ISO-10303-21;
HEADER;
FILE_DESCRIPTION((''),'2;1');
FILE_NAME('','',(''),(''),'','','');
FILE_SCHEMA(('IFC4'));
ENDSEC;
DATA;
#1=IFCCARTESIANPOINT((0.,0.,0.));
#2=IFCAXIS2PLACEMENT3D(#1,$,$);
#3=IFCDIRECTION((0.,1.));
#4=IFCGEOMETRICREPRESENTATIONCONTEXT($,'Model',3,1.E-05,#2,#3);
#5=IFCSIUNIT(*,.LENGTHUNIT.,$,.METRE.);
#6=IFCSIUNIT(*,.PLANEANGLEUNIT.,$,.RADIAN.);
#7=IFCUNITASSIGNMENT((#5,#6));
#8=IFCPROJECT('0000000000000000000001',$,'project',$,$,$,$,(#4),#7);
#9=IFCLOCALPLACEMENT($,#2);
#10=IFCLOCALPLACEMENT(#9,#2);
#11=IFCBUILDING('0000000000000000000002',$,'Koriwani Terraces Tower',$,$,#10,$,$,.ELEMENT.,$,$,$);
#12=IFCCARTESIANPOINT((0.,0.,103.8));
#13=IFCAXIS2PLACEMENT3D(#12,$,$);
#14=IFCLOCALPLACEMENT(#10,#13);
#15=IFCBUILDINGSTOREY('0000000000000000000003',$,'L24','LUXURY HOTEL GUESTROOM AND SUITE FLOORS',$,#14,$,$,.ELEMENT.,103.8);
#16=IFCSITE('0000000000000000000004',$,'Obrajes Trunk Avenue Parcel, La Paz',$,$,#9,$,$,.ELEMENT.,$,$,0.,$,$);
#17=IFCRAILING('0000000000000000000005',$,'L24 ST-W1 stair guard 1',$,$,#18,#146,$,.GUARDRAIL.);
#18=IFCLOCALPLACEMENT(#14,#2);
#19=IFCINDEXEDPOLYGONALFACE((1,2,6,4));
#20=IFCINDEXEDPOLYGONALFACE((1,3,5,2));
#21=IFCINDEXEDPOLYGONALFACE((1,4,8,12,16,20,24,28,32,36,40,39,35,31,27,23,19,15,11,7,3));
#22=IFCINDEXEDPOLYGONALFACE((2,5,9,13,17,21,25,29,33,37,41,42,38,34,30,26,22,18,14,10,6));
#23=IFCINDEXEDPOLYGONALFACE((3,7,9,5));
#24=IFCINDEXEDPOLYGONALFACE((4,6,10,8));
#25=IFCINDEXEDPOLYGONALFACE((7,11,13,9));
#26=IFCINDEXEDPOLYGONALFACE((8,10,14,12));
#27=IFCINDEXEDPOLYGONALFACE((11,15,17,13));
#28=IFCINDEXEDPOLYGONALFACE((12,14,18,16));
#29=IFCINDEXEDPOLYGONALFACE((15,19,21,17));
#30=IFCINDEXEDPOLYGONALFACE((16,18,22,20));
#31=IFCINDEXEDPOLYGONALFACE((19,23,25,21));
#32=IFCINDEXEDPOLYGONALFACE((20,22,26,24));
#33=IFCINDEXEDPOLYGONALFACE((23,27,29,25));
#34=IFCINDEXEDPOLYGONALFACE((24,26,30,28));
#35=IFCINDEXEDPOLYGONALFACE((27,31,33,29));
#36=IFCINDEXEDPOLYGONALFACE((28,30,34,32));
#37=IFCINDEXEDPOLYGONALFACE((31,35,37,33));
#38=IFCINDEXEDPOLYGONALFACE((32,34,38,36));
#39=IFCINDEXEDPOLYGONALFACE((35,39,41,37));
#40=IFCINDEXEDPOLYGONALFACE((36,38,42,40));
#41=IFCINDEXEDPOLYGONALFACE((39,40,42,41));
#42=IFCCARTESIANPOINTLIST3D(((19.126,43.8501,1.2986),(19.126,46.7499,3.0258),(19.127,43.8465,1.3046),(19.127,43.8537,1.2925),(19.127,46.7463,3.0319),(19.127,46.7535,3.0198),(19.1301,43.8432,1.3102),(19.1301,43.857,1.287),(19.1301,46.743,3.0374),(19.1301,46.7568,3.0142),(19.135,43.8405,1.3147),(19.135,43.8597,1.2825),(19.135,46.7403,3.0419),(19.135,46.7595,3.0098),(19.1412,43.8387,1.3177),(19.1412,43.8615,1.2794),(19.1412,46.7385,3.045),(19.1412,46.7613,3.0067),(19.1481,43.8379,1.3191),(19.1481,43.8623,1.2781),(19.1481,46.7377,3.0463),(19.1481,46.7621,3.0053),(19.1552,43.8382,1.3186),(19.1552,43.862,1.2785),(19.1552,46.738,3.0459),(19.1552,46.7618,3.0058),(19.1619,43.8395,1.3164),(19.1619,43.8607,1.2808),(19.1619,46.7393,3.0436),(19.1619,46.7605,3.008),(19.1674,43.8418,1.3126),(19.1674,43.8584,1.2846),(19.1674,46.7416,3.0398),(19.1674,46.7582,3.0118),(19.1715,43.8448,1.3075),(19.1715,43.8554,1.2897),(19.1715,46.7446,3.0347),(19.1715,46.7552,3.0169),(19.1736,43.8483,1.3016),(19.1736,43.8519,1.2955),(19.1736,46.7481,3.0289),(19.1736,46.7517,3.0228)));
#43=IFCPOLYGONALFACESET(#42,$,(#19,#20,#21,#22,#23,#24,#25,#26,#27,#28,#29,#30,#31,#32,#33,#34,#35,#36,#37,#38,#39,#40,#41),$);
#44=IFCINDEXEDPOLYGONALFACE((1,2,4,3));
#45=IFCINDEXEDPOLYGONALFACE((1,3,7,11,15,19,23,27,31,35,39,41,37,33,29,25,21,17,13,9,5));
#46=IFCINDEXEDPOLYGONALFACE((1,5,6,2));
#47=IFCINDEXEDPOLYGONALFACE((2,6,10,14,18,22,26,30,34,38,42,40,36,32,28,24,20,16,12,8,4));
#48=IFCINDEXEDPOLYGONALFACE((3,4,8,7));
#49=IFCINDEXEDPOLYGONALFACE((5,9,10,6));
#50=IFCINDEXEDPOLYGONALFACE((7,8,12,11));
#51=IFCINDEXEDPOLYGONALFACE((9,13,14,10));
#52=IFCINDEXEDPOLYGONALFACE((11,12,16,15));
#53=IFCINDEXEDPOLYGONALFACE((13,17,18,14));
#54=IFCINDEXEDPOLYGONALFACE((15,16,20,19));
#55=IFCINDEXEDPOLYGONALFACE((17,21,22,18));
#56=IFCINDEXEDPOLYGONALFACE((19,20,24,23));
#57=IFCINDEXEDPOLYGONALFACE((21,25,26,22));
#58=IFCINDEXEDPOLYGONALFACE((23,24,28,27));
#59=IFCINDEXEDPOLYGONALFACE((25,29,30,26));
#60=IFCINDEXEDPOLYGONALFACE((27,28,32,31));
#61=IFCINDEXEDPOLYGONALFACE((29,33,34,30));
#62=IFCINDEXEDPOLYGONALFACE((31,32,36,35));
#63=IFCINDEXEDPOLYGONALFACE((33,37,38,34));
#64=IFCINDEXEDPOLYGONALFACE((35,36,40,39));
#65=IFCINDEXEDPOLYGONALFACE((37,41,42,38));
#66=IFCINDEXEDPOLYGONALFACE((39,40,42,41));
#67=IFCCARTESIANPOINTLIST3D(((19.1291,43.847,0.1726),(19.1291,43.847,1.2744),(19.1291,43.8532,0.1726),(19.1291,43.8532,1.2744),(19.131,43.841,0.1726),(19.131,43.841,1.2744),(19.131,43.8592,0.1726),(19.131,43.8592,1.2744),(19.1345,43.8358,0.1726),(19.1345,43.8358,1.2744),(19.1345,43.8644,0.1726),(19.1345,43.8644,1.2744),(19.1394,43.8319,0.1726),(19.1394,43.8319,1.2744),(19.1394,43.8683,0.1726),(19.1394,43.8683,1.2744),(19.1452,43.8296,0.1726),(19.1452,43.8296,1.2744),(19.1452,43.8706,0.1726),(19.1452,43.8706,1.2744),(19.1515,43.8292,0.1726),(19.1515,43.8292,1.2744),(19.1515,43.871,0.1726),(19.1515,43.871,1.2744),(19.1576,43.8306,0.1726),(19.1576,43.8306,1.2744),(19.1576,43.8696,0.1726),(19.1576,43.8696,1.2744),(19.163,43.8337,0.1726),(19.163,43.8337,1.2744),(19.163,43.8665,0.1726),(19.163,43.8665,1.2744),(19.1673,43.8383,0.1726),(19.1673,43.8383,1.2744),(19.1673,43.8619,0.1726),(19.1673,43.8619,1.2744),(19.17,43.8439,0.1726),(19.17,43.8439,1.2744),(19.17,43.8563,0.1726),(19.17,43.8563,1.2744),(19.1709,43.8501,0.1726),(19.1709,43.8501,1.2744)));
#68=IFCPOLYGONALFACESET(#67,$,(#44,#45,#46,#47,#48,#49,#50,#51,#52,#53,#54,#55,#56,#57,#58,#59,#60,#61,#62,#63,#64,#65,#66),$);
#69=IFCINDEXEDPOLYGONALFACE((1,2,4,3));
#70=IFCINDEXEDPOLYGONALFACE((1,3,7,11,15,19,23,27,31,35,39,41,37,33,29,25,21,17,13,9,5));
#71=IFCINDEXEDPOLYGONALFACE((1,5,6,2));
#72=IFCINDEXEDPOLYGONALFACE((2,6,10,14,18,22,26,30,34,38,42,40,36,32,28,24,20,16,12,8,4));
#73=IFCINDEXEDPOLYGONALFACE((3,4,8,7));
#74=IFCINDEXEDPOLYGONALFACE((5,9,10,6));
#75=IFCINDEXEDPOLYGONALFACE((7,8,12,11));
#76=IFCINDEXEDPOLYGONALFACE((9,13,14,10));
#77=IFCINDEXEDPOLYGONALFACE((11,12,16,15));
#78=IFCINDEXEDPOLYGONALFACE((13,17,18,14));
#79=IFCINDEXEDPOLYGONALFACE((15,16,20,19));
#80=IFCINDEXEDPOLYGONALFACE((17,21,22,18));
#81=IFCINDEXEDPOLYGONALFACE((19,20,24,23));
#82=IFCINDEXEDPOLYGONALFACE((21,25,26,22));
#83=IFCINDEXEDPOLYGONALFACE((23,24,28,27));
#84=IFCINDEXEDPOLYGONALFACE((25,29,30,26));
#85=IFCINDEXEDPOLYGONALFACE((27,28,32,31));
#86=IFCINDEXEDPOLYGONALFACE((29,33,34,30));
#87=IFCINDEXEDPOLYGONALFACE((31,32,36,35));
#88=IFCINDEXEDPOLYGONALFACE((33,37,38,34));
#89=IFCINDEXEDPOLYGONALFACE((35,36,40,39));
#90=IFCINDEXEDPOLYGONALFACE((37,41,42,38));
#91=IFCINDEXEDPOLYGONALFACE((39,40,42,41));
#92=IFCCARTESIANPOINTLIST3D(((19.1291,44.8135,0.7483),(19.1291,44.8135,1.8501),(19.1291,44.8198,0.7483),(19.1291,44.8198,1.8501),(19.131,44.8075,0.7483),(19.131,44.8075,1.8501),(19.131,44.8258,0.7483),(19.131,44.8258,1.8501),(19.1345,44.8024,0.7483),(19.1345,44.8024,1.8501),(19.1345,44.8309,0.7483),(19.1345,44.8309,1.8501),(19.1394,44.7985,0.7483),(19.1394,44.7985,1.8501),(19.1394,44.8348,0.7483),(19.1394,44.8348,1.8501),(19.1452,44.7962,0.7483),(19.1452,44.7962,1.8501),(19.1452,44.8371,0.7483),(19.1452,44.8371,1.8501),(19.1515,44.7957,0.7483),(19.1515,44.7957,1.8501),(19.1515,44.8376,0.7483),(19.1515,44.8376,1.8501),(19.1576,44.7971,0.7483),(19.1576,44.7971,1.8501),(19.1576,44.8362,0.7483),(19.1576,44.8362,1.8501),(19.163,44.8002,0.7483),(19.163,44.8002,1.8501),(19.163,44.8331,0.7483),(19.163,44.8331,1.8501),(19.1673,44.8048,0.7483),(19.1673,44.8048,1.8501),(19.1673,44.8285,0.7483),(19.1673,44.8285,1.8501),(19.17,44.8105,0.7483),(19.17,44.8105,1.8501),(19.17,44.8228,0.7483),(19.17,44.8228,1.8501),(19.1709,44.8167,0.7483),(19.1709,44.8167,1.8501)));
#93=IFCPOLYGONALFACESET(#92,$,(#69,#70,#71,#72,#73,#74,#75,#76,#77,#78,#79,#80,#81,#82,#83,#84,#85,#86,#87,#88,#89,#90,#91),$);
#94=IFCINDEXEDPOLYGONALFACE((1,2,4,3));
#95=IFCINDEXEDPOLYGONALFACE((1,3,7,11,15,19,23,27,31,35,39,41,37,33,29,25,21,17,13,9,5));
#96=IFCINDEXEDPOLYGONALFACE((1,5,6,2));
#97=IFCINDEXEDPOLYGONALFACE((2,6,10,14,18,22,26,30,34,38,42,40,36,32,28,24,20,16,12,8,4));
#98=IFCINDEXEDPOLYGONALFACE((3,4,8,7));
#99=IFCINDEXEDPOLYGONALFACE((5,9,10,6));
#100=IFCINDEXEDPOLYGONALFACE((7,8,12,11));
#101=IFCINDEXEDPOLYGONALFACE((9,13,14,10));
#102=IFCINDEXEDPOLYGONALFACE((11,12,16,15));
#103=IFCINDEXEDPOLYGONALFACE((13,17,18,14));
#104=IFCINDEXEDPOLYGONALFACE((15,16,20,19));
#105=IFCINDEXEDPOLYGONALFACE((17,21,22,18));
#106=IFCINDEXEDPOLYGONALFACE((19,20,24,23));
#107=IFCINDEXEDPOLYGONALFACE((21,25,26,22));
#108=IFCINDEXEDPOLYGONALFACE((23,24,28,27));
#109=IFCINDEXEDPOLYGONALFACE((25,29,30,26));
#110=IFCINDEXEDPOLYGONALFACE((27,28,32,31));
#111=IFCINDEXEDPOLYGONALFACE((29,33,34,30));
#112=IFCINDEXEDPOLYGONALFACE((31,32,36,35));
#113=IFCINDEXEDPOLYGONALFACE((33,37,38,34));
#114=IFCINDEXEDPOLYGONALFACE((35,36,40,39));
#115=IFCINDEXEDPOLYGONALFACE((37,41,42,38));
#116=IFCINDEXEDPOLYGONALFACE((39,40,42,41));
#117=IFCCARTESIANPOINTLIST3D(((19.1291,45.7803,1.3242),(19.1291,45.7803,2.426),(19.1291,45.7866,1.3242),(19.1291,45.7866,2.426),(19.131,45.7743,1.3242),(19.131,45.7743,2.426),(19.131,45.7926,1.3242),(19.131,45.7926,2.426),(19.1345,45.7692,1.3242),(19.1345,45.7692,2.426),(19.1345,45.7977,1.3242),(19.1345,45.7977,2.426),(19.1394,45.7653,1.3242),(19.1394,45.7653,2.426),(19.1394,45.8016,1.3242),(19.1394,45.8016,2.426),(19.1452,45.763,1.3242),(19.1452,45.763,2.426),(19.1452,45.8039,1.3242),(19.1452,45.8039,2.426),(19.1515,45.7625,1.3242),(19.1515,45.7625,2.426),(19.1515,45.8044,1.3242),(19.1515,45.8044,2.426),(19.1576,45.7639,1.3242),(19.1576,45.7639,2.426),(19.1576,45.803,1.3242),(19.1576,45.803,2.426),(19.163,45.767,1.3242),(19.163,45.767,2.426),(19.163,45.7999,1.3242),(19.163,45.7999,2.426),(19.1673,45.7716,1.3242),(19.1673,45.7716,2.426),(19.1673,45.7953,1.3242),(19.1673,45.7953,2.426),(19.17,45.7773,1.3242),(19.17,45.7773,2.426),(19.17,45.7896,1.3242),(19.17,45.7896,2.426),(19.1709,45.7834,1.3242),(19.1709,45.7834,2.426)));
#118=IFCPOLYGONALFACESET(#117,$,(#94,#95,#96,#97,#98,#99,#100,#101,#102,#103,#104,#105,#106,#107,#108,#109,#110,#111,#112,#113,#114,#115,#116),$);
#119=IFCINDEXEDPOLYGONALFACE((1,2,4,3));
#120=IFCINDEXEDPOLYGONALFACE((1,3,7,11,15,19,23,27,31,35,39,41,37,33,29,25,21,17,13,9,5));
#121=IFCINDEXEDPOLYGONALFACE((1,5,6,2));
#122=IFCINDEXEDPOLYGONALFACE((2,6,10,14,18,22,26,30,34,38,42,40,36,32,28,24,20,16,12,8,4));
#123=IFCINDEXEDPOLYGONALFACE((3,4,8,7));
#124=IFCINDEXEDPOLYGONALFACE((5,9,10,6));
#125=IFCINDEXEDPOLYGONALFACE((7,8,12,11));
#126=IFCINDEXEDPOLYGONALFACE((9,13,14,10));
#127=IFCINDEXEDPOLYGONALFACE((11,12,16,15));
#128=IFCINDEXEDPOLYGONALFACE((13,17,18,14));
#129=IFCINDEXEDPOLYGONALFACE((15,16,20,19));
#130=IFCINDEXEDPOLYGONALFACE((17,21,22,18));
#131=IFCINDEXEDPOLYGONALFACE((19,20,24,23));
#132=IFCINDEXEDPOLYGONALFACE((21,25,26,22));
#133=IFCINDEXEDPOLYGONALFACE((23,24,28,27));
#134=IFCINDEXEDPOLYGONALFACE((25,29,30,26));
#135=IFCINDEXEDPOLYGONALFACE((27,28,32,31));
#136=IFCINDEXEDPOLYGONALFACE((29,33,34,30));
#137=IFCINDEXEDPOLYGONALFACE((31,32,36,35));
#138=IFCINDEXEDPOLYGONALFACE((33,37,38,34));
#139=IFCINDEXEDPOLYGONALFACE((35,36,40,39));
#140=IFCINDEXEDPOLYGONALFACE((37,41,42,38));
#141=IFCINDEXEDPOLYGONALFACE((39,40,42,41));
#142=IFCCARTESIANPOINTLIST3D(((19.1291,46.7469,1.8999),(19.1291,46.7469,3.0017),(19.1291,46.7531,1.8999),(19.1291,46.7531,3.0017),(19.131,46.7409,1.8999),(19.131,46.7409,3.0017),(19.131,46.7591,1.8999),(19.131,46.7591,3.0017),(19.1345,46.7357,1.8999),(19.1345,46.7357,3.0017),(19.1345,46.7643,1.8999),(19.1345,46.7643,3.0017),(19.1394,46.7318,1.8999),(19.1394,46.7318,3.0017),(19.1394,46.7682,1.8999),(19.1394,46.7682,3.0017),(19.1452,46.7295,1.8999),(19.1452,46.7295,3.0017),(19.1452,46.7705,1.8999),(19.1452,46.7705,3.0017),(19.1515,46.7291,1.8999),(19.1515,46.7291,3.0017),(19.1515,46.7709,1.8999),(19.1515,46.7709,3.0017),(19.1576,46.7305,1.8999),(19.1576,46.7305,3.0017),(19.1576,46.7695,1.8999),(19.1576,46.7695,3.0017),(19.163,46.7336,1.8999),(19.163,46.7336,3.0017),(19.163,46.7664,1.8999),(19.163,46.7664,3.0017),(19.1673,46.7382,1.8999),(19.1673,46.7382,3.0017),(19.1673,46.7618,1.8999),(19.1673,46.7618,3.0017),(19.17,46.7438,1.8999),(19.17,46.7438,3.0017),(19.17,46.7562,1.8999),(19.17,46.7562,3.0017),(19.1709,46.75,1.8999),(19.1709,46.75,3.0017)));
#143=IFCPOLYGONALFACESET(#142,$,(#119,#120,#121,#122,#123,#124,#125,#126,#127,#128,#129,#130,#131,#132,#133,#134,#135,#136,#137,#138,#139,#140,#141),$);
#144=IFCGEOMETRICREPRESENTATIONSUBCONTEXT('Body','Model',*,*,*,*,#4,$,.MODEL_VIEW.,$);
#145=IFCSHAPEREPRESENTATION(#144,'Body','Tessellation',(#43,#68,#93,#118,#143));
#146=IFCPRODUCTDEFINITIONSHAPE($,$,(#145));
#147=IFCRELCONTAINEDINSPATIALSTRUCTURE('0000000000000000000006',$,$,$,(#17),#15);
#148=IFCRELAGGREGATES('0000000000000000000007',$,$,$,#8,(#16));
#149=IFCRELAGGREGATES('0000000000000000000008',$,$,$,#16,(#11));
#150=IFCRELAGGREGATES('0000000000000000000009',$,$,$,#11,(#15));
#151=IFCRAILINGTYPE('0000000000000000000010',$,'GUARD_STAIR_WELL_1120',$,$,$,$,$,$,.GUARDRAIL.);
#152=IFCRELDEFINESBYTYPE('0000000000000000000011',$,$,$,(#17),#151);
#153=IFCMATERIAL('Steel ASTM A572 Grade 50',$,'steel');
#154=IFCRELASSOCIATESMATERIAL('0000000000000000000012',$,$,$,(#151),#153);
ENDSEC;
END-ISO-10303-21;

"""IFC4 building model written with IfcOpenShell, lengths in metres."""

from ifc_helpers import new_model, si_unit, direction, frame, origin, origin_2d, place, context, subcontext, project, spatial, circle, extrude, material, type_object, element, save


model = new_model("IFC4")

# Units and contexts
model_context = context("Model", 3, precision=1e-05, world=origin(), true_north=direction((0.0, 1.0)))
body_context = subcontext(model_context, "Body", "Model", "MODEL_VIEW")
ifc_project = project(units=[si_unit("LENGTHUNIT", "METRE"), si_unit("PLANEANGLEUNIT", "RADIAN")], contexts=[model_context])

# Site, building, storey
site_placement = place(None, origin())
site = spatial("IfcSite", under=ifc_project, at=site_placement, Name="Obrajes Trunk Avenue Parcel, La Paz", CompositionType="ELEMENT", RefElevation=0.0)
building_placement = place(site_placement, origin())
building = spatial("IfcBuilding", under=site, at=building_placement, Name="Koriwani Terraces Tower", CompositionType="ELEMENT")
storey_placement = place(building_placement, frame((0.0, 0.0, 103.8)))
storey = spatial("IfcBuildingStorey", under=building, at=storey_placement, Name="L24", Description="LUXURY HOTEL GUESTROOM AND SUITE FLOORS", CompositionType="ELEMENT", Elevation=103.8)

# Shared definitions
ifc_material_1 = material(Name="Steel ASTM A572 Grade 50", Category="steel")

# Railing
railing_type_1 = type_object("IfcRailingType", Name="GUARD_STAIR_WELL_1120", PredefinedType="GUARDRAIL", material=ifc_material_1)
railing_1_placement = place(storey_placement, frame((19.1499, 43.8501, 0.1726)))
element("IfcRailing", 1, at=railing_1_placement, inside=storey, type_object=railing_type_1, Name="L24 ST-W1 stair guard 1", PredefinedType="GUARDRAIL", context=body_context, shape_type="SweptSolid", body=[
    extrude(circle(Radius=0.0239, at=origin_2d()), frame((0.0, 0.0, 1.126), z_axis=(0.0, 0.859141, 0.511738), x_axis=(-1.0, 0.0, 0.0)), (0.0, 0.0, 1.0), 3.3752),
    extrude(circle(Radius=0.021, at=origin_2d()), origin(), (0.0, 0.0, 1.0), 1.1018),
    extrude(circle(Radius=0.021, at=origin_2d()), frame((0.0, 0.9666, 0.5757)), (0.0, 0.0, 1.0), 1.1018),
    extrude(circle(Radius=0.021, at=origin_2d()), frame((0.0, 1.9333, 1.1516)), (0.0, 0.0, 1.0), 1.1018),
    extrude(circle(Radius=0.021, at=origin_2d()), frame((0.0, 2.8999, 1.7273)), (0.0, 0.0, 1.0), 1.1018),
])

save(model, "model.ifc")
